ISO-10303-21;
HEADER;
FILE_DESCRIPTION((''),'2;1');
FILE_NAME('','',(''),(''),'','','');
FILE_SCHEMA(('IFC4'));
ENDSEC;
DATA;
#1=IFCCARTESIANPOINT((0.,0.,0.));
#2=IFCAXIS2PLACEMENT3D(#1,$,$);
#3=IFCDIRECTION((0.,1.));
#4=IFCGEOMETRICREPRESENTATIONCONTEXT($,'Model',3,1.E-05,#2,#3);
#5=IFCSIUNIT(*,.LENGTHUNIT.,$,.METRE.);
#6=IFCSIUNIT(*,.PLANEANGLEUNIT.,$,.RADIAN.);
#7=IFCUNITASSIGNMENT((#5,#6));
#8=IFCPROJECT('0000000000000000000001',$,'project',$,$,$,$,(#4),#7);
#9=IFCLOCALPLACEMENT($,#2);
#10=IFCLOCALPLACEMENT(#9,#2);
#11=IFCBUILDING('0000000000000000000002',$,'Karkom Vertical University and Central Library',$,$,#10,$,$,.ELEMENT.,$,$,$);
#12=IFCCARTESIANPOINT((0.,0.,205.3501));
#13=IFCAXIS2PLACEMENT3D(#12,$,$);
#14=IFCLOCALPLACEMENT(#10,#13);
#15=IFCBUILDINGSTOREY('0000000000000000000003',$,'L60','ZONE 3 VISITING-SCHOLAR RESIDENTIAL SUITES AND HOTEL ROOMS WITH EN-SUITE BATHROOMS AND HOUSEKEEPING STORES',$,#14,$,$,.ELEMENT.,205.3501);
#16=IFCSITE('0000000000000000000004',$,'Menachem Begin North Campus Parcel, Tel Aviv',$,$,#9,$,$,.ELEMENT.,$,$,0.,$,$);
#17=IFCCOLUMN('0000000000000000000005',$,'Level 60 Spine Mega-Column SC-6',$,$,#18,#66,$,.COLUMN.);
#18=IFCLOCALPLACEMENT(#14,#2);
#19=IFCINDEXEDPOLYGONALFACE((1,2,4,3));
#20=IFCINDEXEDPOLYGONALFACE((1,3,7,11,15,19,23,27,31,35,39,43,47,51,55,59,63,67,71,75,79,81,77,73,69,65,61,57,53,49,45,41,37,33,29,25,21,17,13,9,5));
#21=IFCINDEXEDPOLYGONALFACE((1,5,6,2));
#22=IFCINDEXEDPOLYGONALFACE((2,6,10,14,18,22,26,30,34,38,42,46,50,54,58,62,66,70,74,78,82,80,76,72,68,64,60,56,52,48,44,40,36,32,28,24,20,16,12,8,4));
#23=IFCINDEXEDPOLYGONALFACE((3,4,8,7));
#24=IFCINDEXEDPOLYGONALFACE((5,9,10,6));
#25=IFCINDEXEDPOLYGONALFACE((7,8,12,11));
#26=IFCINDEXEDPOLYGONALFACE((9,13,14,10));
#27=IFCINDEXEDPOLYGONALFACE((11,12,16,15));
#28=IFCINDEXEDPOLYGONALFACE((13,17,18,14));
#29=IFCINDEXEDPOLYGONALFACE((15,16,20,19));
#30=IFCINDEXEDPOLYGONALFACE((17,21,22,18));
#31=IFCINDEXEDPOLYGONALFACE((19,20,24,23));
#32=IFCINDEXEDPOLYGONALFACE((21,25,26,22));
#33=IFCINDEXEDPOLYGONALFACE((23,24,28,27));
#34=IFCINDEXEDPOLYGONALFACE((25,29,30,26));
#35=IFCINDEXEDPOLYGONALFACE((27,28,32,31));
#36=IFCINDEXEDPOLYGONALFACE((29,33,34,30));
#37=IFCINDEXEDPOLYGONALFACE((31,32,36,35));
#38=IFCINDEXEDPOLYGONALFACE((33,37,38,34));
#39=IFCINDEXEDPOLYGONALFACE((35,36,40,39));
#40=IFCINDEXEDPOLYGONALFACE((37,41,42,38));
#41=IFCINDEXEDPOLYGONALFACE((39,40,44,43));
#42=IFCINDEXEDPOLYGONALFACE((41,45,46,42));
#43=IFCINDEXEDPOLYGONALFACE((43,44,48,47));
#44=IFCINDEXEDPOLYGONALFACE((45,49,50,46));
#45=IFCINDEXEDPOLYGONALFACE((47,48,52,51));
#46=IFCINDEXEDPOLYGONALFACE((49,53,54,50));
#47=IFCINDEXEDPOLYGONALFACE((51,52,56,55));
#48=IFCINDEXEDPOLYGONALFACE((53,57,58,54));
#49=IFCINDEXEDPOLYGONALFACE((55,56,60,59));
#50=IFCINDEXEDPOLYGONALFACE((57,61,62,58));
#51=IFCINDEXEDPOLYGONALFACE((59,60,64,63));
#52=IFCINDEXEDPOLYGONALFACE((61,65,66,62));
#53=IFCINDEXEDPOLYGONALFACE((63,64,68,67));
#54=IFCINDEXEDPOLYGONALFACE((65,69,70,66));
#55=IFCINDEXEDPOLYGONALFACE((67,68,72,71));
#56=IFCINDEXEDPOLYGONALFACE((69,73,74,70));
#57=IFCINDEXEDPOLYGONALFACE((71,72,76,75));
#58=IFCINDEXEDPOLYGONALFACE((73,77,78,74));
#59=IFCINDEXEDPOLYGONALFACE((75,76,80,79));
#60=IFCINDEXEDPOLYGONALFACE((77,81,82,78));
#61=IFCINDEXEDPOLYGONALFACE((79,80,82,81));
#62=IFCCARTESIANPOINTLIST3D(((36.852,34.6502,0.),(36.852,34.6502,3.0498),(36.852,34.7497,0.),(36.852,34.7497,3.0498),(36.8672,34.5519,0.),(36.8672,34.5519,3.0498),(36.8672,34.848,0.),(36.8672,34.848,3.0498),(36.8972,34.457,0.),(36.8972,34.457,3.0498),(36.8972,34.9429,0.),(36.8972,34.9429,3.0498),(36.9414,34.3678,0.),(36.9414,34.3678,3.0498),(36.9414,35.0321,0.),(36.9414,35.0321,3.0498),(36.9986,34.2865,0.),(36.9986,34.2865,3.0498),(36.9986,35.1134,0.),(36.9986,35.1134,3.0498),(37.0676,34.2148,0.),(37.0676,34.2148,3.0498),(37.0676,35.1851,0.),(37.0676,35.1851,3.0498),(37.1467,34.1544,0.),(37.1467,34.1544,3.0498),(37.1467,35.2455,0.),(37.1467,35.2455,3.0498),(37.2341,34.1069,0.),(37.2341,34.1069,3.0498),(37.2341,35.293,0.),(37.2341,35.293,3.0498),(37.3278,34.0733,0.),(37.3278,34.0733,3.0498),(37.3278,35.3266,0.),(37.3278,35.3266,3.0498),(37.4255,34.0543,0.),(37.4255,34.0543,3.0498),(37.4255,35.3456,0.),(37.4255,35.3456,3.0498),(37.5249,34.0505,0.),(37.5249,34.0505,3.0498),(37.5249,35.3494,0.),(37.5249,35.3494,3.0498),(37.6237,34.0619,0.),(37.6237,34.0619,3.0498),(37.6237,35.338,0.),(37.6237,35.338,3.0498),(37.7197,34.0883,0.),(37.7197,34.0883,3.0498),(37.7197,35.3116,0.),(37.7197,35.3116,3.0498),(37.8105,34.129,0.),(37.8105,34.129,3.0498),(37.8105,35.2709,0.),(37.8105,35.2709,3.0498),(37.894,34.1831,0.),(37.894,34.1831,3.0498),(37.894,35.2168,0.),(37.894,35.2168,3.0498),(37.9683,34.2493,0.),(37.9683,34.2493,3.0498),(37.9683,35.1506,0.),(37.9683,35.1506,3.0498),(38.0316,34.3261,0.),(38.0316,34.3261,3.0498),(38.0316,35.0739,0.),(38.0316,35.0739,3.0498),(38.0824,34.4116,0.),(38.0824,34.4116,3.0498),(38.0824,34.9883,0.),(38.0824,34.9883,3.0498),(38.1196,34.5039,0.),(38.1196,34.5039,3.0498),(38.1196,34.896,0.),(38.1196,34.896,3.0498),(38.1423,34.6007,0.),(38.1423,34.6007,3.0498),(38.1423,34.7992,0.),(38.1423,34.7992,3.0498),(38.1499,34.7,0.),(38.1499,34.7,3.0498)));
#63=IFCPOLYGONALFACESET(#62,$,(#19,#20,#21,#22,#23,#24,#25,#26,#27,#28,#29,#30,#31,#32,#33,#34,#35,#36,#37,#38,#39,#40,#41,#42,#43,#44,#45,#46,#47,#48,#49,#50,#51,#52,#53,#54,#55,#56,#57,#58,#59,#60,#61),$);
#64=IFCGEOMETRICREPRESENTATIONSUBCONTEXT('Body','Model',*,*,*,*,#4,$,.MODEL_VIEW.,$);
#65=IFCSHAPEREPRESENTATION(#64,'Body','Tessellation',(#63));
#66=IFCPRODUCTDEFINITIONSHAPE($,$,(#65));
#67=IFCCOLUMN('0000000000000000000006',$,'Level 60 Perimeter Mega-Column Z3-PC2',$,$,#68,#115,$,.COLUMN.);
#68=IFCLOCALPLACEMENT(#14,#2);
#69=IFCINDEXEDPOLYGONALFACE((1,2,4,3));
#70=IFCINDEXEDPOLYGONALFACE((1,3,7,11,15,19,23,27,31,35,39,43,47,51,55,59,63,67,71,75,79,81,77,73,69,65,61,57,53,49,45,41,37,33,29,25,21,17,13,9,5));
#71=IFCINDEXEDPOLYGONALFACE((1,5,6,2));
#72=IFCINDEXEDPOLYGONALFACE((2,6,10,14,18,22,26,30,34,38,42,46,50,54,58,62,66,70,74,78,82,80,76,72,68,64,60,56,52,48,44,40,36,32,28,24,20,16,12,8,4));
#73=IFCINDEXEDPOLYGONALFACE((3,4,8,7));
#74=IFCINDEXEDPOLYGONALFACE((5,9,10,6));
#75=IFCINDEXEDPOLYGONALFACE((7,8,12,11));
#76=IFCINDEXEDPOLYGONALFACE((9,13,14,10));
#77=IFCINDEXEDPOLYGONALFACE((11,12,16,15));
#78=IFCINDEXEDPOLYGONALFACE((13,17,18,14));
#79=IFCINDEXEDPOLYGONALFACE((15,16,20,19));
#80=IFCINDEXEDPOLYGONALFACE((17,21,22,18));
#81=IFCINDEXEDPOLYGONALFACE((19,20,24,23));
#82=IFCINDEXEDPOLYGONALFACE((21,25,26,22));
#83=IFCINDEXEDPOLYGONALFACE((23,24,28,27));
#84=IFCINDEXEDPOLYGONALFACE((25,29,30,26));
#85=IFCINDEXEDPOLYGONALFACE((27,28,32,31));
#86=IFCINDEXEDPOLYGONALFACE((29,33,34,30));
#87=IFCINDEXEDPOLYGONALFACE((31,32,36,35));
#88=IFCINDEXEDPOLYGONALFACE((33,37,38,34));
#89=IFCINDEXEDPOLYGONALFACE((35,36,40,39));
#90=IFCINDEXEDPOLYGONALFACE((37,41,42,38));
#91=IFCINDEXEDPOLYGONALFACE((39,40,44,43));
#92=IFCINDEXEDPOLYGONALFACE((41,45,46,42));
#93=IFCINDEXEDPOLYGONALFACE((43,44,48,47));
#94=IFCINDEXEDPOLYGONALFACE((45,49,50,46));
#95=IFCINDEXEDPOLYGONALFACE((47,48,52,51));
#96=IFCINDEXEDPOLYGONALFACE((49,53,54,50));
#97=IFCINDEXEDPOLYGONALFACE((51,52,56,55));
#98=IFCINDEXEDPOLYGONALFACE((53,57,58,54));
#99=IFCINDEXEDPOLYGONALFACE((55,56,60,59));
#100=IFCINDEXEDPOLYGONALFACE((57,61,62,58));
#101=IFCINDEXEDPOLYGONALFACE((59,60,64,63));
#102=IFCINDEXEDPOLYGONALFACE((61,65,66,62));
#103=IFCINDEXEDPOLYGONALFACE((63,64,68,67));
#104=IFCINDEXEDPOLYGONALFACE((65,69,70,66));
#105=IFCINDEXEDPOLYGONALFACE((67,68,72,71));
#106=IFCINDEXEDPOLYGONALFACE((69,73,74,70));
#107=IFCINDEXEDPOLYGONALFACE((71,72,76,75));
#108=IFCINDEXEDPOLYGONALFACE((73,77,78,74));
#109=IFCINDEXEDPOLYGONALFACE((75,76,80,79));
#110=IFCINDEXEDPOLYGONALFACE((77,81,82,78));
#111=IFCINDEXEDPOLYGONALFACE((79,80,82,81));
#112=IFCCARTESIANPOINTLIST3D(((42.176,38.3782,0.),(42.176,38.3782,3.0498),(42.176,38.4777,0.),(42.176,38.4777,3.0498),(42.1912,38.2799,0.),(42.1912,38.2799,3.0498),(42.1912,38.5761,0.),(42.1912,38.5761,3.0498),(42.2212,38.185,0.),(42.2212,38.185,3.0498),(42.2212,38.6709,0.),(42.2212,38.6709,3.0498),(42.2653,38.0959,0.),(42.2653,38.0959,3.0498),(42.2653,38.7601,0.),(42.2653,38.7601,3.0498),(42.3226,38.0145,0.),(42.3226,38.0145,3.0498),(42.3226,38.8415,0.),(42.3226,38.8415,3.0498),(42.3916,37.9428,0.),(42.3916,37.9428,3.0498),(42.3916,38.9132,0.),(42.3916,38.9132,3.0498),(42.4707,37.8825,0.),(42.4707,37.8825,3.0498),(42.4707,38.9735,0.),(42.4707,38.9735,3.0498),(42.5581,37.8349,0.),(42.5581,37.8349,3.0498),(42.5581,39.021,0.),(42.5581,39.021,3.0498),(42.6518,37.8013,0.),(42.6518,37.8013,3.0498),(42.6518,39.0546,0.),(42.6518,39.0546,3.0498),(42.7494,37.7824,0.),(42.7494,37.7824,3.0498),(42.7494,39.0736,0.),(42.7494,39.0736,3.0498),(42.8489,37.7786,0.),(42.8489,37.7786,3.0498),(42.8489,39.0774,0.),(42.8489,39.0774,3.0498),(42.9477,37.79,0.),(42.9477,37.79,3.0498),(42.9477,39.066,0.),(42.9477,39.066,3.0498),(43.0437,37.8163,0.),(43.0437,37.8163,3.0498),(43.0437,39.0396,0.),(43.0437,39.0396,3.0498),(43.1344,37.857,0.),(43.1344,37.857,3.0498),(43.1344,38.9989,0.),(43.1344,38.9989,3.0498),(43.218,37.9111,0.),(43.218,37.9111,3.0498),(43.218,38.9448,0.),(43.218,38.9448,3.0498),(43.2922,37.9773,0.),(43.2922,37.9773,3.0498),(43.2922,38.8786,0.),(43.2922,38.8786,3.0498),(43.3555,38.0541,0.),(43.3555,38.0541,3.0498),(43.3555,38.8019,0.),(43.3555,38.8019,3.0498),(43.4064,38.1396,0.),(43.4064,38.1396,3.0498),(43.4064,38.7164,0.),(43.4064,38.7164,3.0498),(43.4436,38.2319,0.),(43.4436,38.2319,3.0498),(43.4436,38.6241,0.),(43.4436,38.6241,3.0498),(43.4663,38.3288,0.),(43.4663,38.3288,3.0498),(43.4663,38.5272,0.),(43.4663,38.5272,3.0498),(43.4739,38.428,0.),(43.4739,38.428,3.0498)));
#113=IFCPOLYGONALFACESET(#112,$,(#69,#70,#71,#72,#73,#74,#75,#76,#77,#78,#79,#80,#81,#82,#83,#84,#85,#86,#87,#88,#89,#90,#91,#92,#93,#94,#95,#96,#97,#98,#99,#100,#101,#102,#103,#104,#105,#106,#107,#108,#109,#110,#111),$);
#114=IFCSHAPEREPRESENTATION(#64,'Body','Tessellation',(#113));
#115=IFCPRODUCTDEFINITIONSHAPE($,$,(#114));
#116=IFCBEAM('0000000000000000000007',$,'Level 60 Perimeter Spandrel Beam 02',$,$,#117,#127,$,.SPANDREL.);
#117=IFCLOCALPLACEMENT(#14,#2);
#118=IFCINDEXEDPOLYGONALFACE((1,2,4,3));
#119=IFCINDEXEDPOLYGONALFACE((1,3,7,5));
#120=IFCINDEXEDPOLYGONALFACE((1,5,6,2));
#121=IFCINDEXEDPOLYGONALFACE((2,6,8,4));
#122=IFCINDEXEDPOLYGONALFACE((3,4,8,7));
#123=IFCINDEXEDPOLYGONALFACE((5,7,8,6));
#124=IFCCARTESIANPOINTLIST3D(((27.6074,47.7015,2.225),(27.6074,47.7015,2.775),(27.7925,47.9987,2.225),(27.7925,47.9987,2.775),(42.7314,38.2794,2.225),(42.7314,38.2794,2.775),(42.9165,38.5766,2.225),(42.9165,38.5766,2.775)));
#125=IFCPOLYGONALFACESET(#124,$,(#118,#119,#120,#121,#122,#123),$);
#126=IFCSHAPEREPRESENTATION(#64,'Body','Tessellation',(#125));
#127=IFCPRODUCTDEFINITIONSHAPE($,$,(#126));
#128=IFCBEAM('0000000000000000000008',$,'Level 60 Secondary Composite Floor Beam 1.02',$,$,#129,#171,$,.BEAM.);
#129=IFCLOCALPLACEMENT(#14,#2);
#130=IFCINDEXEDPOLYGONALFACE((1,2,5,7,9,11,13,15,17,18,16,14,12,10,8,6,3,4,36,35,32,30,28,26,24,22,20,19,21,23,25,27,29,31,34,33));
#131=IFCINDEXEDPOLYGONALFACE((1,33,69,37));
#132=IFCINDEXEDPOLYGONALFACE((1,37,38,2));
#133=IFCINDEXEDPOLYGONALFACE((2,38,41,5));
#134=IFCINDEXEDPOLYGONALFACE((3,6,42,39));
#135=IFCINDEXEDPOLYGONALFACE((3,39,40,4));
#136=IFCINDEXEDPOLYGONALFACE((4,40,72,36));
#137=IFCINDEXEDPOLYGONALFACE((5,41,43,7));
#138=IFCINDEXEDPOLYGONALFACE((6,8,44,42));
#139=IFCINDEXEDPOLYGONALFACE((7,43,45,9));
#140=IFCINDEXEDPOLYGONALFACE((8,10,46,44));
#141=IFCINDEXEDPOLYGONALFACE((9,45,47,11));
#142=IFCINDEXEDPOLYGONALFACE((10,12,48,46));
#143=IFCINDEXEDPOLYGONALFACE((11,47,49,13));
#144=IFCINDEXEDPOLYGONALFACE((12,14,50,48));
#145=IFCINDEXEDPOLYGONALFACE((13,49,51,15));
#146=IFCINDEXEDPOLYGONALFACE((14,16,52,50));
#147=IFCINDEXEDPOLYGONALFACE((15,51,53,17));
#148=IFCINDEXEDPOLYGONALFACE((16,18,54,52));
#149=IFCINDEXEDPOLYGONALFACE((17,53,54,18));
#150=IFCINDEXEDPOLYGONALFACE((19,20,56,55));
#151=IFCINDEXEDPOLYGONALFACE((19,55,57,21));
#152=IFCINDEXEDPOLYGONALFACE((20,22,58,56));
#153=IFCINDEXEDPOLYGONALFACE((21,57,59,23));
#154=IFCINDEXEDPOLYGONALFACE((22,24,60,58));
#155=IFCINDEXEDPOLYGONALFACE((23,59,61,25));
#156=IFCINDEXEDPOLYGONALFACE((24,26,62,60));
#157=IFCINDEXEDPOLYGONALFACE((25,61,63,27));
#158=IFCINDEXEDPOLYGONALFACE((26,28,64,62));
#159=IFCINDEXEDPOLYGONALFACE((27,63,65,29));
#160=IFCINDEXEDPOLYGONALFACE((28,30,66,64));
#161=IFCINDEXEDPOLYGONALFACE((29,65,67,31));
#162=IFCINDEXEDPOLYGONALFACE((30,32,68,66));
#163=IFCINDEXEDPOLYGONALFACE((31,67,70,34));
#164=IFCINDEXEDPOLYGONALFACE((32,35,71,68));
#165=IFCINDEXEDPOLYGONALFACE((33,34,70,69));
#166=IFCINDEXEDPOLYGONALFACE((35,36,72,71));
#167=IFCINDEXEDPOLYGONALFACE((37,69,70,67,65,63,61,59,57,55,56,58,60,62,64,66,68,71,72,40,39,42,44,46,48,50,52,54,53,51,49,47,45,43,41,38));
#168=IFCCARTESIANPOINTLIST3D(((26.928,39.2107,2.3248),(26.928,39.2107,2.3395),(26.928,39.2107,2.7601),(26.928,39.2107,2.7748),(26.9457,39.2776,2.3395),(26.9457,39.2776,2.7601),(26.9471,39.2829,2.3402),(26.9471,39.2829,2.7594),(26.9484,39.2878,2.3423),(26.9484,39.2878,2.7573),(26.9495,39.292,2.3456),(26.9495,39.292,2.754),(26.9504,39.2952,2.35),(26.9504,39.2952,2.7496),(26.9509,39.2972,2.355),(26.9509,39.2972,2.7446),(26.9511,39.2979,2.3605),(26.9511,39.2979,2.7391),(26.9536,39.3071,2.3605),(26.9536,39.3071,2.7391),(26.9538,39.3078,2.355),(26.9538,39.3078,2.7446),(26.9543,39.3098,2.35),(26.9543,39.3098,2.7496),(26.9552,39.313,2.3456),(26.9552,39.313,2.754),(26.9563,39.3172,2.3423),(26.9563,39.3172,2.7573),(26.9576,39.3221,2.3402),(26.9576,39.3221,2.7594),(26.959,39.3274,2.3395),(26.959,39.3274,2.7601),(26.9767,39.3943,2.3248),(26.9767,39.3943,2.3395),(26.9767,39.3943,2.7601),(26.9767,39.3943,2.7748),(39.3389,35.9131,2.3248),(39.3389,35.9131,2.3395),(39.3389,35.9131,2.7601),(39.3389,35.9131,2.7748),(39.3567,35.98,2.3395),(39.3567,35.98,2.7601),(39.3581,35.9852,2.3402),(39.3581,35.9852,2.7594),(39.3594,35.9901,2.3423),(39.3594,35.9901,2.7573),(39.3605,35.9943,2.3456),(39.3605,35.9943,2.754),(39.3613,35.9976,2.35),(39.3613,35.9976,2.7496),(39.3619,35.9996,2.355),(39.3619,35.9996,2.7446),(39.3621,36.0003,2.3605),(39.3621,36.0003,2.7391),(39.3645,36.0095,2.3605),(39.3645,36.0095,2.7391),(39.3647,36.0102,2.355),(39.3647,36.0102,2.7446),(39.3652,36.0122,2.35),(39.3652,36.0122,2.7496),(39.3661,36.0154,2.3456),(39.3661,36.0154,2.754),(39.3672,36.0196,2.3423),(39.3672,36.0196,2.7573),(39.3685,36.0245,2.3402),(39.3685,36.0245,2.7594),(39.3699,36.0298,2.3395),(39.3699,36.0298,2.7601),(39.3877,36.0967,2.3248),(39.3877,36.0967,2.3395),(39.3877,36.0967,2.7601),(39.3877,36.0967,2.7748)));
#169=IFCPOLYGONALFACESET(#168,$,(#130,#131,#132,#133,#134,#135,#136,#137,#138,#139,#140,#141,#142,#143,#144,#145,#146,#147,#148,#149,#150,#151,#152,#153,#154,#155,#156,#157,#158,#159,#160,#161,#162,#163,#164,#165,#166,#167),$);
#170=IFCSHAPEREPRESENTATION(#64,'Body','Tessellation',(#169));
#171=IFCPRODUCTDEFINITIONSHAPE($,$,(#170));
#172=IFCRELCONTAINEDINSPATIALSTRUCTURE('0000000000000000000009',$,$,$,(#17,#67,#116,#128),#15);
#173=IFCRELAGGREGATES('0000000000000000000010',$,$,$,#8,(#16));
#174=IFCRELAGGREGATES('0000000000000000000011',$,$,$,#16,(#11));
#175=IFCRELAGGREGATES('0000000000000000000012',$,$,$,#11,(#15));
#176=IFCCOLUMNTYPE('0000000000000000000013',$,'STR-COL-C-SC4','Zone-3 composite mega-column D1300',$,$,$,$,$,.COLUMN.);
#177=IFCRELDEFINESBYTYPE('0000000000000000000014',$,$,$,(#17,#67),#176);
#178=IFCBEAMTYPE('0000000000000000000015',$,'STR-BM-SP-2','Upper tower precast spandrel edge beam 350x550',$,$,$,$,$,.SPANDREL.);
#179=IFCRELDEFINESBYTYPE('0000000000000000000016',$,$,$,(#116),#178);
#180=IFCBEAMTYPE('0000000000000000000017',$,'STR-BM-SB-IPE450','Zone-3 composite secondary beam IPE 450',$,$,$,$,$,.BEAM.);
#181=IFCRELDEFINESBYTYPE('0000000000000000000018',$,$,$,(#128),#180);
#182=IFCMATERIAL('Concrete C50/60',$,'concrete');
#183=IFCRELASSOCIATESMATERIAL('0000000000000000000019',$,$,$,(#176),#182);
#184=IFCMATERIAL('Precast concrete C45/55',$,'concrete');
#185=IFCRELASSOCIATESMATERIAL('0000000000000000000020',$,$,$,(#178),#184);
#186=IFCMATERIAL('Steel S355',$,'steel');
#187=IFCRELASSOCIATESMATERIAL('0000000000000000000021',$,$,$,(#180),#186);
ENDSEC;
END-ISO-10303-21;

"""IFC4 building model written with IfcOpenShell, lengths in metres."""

from ifc_helpers import new_model, si_unit, direction, frame, origin, origin_with_axes, origin_2d, place, context, subcontext, project, spatial, rectangle, circle, i_section, extrude, source, transform, mapped, material, material_profile, profile_set, type_object, element, save


model = new_model("IFC4")

# Units and contexts
model_context = context("Model", 3, precision=1e-05, world=origin(), true_north=direction((0.0, 1.0)))
body_context = subcontext(model_context, "Body", "Model", "MODEL_VIEW")
ifc_project = project(units=[si_unit("LENGTHUNIT", "METRE"), si_unit("PLANEANGLEUNIT", "RADIAN")], contexts=[model_context])

# Site, building, storey
site_placement = place(None, origin())
site = spatial("IfcSite", under=ifc_project, at=site_placement, Name="Menachem Begin North Campus Parcel, Tel Aviv", CompositionType="ELEMENT", RefElevation=0.0)
building_placement = place(site_placement, origin())
building = spatial("IfcBuilding", under=site, at=building_placement, Name="Karkom Vertical University and Central Library", CompositionType="ELEMENT")
storey_placement = place(building_placement, frame((0.0, 0.0, 205.3501)))
storey = spatial("IfcBuildingStorey", under=building, at=storey_placement, Name="L60", Description="ZONE 3 VISITING-SCHOLAR RESIDENTIAL SUITES AND HOTEL ROOMS WITH EN-SUITE BATHROOMS AND HOUSEKEEPING STORES", CompositionType="ELEMENT", Elevation=205.3501)

# Columns
ifc_material_1 = material(Name="Concrete C50/60", Category="concrete")
ifc_material_profile_1 = material_profile(ifc_material_1, circle(Radius=0.6499, at=origin_2d()), Name="CFT-D1300")
ifc_profile_set_1 = profile_set([ifc_material_profile_1], Name="Concrete C50/60")
column_type = type_object("IfcColumnType", Name="STR-COL-C-SC4", Description="Zone-3 composite mega-column D1300", PredefinedType="COLUMN", material=ifc_profile_set_1)
shared_shape_1 = source(origin_with_axes(), body_context, "Body", "SweptSolid", [
    extrude(circle(Radius=0.6499, at=origin_2d()), origin(), (0.0, 0.0, 1.0), 3.0498),
])
for number, where, z_axis, x_axis, name in (
    (1, (37.5, 34.7, 0.0), (0.0, 0.0, 1.0), (1.0, 0.0, 0.0), "Level 60 Spine Mega-Column SC-6"),
    (2, (42.824, 38.428, 0.0), (0.0, 0.0, 1.0), (1.0, 0.0, 0.0), "Level 60 Perimeter Mega-Column Z3-PC2"),
):
    element("IfcColumn", number, at=place(storey_placement, frame(where, z_axis=z_axis, x_axis=x_axis)), inside=storey, type_object=column_type, Name=name, PredefinedType="COLUMN", context=body_context, shape_type="MappedRepresentation", body=[
        mapped(shared_shape_1, transform((0.0, 0.0, 0.0), scale=1.0)),
    ])

# Beams
ifc_material_2 = material(Name="Precast concrete C45/55", Category="concrete")
ifc_material_profile_2 = material_profile(ifc_material_2, rectangle(XDim=0.3501, YDim=0.55, at=origin_2d()), Name="SPB-350x550")
ifc_profile_set_2 = profile_set([ifc_material_profile_2], Name="Precast concrete C45/55")
beam_type_1 = type_object("IfcBeamType", Name="STR-BM-SP-2", Description="Upper tower precast spandrel edge beam 350x550", PredefinedType="SPANDREL", material=ifc_profile_set_2)
shared_shape_2 = source(origin_with_axes(), body_context, "Body", "SweptSolid", [
    extrude(rectangle(XDim=0.3501, YDim=0.55, at=origin_2d()), origin(), (0.0, 0.0, 1.0), 17.8188),
])
beam_1_placement = place(storey_placement, frame((42.824, 38.428, 2.5), z_axis=(-0.848764, 0.528772, 0.0), x_axis=(-0.528772, -0.848764, 0.0)))
element("IfcBeam", 3, at=beam_1_placement, inside=storey, type_object=beam_type_1, Name="Level 60 Perimeter Spandrel Beam 02", PredefinedType="SPANDREL", context=body_context, shape_type="MappedRepresentation", body=[
    mapped(shared_shape_2, transform((0.0, 0.0, 0.0), scale=1.0)),
])
ifc_material_3 = material(Name="Steel S355", Category="steel")
ifc_material_profile_3 = material_profile(ifc_material_3, i_section(OverallWidth=0.1899, OverallDepth=0.45, WebThickness=0.0095, FlangeThickness=0.0146, FilletRadius=0.021, at=origin_2d()), Name="IPE 450")
ifc_profile_set_3 = profile_set([ifc_material_profile_3], Name="Steel S355")
beam_type_2 = type_object("IfcBeamType", Name="STR-BM-SB-IPE450", Description="Zone-3 composite secondary beam IPE 450", PredefinedType="BEAM", material=ifc_profile_set_3)
shared_shape_3 = source(origin_with_axes(), body_context, "Body", "SweptSolid", [
    extrude(i_section(OverallWidth=0.1899, OverallDepth=0.45, WebThickness=0.0095, FlangeThickness=0.0146, FilletRadius=0.021, at=origin_2d()), origin(), (0.0, 0.0, 1.0), 12.8416),
])
beam_2_placement = place(storey_placement, frame((39.3633, 36.0049, 2.5498), z_axis=(-0.966466, 0.256793, 0.0), x_axis=(-0.256793, -0.966466, 0.0)))
element("IfcBeam", 4, at=beam_2_placement, inside=storey, type_object=beam_type_2, Name="Level 60 Secondary Composite Floor Beam 1.02", PredefinedType="BEAM", context=body_context, shape_type="MappedRepresentation", body=[
    mapped(shared_shape_3, transform((0.0, 0.0, 0.0), scale=1.0)),
])

save(model, "model.ifc")
